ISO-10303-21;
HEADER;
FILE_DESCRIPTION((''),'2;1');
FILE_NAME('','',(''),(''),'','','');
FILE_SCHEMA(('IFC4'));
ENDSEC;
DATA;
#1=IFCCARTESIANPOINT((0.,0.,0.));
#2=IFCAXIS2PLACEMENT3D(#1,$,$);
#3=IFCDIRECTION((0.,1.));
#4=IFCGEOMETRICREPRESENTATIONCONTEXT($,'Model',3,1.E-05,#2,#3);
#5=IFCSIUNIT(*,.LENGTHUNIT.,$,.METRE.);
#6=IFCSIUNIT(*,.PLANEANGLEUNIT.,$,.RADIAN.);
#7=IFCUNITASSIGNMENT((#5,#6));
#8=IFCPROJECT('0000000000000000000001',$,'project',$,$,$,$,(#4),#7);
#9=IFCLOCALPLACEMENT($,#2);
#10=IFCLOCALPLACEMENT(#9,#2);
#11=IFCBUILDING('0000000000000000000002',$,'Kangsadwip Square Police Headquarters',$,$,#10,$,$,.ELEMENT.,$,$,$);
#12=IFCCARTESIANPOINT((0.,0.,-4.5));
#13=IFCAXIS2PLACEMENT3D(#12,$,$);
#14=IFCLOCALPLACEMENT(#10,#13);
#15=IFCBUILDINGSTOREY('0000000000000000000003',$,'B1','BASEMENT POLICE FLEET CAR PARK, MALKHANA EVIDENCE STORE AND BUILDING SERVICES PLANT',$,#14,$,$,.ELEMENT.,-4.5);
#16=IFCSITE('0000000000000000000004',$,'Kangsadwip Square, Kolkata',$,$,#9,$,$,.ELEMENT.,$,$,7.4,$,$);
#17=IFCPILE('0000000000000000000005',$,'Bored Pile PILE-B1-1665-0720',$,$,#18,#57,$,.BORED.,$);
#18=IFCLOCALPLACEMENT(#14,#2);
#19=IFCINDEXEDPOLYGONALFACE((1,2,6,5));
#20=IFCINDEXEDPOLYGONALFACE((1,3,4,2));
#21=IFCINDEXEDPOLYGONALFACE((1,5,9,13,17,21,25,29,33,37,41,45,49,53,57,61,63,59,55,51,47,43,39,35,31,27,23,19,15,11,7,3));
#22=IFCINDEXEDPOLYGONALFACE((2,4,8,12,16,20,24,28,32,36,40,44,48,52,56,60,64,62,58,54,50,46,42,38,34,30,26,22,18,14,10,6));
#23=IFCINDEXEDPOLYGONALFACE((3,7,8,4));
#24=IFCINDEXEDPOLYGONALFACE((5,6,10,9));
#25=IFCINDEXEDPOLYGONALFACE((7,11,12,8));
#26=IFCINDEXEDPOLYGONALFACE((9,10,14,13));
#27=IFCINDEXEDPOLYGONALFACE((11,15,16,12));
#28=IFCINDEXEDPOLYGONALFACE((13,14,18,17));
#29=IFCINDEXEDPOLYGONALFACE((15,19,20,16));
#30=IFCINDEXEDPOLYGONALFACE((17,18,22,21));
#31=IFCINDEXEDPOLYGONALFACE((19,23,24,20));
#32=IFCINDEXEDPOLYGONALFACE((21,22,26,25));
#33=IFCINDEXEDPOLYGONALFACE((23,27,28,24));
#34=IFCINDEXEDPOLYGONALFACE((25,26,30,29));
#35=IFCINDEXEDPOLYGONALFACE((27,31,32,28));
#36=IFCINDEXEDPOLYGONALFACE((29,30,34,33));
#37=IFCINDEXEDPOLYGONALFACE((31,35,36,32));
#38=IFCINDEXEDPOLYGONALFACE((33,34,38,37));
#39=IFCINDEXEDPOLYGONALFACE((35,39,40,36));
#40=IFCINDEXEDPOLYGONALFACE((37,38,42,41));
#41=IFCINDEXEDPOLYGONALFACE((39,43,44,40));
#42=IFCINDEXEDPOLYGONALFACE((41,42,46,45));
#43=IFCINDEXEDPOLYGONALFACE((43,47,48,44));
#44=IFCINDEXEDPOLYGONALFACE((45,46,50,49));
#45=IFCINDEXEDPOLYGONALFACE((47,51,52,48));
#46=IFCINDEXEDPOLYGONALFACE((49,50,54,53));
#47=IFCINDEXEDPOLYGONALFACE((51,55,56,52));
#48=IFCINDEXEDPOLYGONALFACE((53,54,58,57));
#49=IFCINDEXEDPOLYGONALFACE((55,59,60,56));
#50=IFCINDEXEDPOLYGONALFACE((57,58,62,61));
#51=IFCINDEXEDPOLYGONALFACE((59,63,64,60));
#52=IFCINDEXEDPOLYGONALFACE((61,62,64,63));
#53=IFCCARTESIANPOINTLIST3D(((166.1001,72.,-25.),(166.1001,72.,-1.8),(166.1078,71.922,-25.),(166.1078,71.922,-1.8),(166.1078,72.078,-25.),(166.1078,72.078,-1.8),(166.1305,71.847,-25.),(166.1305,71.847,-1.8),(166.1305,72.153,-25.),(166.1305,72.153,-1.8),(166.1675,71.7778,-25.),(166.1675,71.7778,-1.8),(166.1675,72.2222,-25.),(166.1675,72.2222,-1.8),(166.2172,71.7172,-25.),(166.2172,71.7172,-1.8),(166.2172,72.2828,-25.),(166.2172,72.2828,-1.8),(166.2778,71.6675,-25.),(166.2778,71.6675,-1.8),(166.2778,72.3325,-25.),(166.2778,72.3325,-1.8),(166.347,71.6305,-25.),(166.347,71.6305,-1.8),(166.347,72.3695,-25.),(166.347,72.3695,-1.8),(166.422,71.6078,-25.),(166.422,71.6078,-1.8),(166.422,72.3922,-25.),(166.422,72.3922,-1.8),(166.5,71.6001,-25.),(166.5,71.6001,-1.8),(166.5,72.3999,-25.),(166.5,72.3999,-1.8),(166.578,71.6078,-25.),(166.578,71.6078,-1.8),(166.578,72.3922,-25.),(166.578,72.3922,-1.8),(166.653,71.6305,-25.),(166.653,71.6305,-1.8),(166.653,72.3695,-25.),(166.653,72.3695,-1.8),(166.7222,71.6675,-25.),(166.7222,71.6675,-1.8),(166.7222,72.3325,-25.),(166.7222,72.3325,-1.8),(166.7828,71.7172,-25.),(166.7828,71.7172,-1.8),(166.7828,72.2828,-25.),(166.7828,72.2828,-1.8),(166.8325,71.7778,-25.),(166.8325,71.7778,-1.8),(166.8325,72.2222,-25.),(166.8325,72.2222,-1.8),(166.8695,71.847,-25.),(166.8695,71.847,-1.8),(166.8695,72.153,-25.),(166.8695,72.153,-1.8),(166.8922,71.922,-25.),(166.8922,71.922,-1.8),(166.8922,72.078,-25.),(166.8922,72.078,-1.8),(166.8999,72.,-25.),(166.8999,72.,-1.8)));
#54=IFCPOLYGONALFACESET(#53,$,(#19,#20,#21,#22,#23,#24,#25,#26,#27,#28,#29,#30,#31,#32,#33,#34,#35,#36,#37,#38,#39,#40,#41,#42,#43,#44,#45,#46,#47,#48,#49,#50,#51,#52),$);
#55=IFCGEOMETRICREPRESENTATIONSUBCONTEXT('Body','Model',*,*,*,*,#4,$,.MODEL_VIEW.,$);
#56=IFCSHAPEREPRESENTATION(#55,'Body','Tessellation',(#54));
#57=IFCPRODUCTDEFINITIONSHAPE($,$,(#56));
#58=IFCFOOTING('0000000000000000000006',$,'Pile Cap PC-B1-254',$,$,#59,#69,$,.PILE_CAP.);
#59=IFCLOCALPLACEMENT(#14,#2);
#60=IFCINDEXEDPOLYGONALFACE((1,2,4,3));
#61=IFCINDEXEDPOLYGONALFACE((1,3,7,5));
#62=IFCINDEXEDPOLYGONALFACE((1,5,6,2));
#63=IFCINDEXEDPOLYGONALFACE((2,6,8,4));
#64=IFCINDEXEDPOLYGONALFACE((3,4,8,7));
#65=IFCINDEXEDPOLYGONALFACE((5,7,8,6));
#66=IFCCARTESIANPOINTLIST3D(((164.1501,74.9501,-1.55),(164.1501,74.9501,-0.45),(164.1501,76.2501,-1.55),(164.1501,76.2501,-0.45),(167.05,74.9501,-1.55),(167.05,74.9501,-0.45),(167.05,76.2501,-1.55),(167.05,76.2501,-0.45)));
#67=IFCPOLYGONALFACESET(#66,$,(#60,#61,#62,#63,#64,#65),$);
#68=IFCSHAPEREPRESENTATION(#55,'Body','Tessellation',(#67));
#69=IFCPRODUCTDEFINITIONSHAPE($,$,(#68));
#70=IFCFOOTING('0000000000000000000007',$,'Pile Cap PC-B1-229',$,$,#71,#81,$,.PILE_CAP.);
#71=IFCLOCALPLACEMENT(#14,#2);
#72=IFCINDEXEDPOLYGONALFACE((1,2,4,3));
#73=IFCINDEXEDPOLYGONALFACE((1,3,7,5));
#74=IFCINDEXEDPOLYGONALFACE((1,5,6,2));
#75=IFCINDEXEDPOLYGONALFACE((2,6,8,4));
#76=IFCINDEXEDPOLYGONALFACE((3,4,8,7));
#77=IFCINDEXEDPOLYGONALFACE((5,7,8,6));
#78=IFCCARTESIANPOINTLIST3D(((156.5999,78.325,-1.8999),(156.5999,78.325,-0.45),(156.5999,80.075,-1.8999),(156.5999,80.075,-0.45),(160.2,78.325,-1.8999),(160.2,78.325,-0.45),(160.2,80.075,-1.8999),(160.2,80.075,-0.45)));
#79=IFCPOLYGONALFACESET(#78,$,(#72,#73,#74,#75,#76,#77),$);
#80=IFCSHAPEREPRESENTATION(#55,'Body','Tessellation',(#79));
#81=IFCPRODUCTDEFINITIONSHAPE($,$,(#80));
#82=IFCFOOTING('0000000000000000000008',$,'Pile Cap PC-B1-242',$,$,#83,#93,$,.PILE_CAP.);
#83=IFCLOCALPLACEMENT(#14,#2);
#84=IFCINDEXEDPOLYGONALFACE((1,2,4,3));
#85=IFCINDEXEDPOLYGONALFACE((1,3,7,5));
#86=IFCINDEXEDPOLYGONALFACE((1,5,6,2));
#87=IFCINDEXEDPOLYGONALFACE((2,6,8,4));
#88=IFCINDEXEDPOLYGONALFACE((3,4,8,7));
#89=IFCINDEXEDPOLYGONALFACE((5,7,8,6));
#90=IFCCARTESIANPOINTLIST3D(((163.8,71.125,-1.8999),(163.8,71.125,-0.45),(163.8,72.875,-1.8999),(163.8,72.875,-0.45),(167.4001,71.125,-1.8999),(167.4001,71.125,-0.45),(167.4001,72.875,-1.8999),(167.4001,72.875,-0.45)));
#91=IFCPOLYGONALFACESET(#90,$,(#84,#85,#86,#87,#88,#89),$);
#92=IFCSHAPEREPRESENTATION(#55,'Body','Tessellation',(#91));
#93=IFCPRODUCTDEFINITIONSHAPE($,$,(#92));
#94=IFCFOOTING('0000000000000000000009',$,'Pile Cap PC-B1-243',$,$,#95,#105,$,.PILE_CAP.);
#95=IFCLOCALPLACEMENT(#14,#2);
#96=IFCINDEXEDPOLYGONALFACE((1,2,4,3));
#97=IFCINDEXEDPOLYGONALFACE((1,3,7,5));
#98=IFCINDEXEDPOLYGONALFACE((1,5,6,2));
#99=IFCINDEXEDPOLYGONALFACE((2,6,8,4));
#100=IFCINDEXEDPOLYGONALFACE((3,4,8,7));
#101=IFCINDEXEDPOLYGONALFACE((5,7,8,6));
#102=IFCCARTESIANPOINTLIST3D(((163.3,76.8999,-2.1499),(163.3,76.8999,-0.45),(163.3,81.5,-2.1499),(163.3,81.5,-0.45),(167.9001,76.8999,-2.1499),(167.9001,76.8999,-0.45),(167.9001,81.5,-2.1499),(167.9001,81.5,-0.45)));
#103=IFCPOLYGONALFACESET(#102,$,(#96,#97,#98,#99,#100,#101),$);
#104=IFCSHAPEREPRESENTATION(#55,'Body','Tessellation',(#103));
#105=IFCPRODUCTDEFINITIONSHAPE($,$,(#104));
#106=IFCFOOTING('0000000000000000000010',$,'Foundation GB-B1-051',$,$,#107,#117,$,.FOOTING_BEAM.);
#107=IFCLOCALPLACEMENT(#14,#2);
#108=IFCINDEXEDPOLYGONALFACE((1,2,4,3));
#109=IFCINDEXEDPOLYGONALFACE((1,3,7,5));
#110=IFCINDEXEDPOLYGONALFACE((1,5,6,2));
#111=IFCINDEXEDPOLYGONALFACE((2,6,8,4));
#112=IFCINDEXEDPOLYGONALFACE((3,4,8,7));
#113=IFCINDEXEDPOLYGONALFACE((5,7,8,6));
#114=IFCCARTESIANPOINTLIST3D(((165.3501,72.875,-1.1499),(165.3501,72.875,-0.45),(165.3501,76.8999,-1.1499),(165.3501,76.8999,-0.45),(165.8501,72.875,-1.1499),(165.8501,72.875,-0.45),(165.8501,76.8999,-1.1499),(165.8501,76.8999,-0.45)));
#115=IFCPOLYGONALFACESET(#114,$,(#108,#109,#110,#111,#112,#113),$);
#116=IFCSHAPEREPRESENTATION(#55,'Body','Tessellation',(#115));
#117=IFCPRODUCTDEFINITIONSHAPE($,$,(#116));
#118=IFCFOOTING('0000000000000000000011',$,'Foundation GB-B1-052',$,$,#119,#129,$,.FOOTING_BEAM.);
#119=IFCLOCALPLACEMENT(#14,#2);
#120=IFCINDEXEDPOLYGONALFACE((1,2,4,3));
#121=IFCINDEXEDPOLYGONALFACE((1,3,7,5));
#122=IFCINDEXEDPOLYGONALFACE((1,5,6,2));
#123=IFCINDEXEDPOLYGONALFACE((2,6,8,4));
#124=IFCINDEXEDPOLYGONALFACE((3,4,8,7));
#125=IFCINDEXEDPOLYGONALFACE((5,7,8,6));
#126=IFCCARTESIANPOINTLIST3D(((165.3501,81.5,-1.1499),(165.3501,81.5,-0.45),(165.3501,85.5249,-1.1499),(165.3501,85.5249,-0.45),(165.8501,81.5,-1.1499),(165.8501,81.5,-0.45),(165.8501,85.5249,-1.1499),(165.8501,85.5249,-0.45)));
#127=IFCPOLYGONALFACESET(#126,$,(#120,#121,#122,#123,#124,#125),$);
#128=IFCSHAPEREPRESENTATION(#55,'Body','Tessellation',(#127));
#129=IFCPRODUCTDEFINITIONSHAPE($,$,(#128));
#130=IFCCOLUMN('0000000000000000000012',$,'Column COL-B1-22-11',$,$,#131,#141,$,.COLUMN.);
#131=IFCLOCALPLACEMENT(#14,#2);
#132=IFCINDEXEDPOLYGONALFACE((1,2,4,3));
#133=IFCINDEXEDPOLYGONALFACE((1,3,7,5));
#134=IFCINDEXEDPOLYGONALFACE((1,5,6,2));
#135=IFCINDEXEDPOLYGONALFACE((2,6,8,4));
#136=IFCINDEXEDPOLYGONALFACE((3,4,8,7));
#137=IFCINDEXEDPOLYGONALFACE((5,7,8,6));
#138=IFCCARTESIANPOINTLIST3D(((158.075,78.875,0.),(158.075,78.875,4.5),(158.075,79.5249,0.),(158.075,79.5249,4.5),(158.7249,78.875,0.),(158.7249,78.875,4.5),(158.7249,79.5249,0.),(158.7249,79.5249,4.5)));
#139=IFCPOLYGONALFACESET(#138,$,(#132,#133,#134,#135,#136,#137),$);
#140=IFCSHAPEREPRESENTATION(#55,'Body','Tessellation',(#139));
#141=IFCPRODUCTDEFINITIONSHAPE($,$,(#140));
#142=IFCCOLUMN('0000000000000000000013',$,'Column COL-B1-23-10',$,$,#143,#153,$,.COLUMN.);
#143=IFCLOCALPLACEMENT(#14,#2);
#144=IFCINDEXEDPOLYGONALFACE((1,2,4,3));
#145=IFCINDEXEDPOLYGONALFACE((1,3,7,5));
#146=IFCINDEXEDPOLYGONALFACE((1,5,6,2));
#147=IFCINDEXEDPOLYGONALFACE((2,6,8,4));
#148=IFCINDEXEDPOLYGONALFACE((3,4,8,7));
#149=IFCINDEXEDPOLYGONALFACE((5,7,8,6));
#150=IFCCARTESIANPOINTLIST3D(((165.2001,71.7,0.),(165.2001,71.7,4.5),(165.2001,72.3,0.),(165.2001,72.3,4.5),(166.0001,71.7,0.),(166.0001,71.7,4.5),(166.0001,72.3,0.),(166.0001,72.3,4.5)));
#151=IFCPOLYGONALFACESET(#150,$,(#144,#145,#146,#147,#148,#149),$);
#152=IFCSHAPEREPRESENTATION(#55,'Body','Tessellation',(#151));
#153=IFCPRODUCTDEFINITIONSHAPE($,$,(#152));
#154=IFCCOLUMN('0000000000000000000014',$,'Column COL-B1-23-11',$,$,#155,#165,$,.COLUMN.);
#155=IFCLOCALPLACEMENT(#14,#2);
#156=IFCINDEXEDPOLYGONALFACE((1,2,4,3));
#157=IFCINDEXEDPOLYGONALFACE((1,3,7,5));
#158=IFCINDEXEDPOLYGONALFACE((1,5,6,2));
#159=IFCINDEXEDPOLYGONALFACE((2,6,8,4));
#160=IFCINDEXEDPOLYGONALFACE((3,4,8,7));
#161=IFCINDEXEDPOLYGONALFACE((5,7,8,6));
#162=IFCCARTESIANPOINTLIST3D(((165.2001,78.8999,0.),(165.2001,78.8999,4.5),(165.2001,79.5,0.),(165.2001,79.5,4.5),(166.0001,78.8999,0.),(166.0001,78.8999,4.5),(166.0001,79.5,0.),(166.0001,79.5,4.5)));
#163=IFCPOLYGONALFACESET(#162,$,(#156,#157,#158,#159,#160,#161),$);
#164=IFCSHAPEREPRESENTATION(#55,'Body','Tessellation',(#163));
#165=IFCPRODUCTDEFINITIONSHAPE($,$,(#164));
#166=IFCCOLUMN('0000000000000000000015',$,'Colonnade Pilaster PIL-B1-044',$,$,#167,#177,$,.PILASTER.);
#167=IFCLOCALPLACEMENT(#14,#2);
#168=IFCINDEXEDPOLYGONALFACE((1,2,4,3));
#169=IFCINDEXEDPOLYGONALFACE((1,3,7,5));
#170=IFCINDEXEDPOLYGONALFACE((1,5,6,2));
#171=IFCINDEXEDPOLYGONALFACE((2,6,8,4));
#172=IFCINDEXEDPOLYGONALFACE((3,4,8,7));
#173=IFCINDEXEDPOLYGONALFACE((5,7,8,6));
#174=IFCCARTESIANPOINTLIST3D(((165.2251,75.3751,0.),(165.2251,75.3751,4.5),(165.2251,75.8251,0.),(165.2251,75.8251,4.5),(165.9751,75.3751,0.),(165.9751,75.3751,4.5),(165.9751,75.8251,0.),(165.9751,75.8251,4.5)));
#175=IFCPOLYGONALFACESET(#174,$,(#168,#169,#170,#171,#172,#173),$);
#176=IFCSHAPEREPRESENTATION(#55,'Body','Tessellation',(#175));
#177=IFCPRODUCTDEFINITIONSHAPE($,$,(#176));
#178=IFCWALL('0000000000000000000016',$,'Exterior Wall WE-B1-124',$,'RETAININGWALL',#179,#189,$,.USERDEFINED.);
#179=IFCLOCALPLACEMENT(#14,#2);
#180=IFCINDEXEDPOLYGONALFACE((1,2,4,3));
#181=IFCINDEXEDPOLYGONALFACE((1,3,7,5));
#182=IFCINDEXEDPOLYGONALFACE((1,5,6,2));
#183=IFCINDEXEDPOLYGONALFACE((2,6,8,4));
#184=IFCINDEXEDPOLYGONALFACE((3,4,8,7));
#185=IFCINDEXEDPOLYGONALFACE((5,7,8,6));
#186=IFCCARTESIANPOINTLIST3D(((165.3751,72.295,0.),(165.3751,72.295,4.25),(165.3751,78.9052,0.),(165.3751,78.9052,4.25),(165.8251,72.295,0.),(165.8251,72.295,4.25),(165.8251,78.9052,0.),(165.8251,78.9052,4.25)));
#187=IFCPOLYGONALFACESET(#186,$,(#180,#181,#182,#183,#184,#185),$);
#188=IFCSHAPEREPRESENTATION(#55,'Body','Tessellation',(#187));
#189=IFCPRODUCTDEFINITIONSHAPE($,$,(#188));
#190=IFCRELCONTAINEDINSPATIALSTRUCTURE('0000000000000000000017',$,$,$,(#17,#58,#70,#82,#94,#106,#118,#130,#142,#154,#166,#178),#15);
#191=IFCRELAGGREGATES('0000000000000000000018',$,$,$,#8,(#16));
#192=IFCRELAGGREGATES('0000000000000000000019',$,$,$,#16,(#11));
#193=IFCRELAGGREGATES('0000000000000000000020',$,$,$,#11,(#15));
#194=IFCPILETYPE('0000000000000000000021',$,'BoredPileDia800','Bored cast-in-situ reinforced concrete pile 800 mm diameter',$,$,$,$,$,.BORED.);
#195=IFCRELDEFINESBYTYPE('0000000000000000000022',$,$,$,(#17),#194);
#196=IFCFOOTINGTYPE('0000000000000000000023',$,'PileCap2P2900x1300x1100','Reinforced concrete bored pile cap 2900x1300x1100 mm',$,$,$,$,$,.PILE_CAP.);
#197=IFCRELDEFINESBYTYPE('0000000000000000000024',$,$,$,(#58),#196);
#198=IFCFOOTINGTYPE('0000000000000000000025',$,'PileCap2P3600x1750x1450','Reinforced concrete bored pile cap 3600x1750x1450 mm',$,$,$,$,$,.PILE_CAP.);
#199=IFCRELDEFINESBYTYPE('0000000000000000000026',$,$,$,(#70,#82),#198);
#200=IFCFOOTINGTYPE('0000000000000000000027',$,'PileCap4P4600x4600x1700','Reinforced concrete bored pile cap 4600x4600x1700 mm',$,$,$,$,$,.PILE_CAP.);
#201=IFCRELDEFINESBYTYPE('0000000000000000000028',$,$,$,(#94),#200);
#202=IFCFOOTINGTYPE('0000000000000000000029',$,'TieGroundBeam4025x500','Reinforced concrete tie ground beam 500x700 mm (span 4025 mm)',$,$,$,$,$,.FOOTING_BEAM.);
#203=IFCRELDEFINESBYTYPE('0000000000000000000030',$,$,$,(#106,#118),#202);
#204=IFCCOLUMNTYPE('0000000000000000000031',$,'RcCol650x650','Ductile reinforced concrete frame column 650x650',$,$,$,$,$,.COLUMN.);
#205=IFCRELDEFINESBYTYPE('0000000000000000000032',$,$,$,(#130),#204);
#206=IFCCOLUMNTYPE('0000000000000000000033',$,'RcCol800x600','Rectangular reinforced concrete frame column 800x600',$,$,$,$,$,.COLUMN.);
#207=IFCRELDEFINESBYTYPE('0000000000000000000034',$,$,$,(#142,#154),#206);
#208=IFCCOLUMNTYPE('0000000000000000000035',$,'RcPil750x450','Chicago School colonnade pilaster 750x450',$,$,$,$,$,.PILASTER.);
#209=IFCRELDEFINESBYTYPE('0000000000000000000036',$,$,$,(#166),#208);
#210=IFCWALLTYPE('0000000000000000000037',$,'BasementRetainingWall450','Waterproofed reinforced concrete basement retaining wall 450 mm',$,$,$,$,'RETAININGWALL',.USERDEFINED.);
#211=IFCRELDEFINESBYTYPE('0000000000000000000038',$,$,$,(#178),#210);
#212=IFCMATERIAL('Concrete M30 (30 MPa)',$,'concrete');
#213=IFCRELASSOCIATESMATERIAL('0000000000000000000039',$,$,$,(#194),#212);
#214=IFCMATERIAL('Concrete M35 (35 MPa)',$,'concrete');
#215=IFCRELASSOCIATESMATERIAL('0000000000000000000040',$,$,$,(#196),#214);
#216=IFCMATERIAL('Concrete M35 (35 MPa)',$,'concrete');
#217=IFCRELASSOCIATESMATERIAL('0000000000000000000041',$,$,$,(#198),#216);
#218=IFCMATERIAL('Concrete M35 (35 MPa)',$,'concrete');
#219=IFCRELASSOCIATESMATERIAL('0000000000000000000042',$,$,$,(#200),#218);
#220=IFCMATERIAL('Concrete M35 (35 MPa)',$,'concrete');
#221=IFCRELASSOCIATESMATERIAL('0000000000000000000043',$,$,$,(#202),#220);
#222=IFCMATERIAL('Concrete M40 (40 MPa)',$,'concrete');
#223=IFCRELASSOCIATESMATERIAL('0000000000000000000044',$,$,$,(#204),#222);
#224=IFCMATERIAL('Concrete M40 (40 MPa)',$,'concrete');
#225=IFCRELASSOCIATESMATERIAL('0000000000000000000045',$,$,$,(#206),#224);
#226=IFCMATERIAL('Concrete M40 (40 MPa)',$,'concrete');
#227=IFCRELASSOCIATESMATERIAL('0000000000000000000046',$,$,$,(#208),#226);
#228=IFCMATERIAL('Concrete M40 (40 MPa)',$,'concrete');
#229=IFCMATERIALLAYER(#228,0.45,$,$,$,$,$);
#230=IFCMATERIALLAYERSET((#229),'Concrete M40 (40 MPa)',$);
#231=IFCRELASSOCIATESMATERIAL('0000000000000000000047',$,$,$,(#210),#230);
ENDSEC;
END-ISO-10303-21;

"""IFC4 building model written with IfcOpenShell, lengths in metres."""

from ifc_helpers import new_model, si_unit, direction, frame, frame_2d, origin, origin_2d, place, context, subcontext, project, spatial, rectangle, circle, extrude, material, layer, layer_set, material_profile, profile_set, type_object, element, save


model = new_model("IFC4")

# Units and contexts
model_context = context("Model", 3, precision=1e-05, world=origin(), true_north=direction((0.0, 1.0)))
body_context = subcontext(model_context, "Body", "Model", "MODEL_VIEW")
ifc_project = project(units=[si_unit("LENGTHUNIT", "METRE"), si_unit("PLANEANGLEUNIT", "RADIAN")], contexts=[model_context])

# Site, building, storey
site_placement = place(None, origin())
site = spatial("IfcSite", under=ifc_project, at=site_placement, Name="Kangsadwip Square, Kolkata", CompositionType="ELEMENT", RefElevation=7.4)
building_placement = place(site_placement, origin())
building = spatial("IfcBuilding", under=site, at=building_placement, Name="Kangsadwip Square Police Headquarters", CompositionType="ELEMENT")
storey_placement = place(building_placement, frame((0.0, 0.0, -4.5)))
storey = spatial("IfcBuildingStorey", under=building, at=storey_placement, Name="B1", Description="BASEMENT POLICE FLEET CAR PARK, MALKHANA EVIDENCE STORE AND BUILDING SERVICES PLANT", CompositionType="ELEMENT", Elevation=-4.5)

# Pile
ifc_material_1 = material(Name="Concrete M30 (30 MPa)", Category="concrete")
ifc_material_profile_1 = material_profile(ifc_material_1, circle(Radius=0.3999, at=origin_2d()), Name="PILE DIA 800")
ifc_profile_set_1 = profile_set([ifc_material_profile_1], Name="Concrete M30 (30 MPa)")
pile_type_1 = type_object("IfcPileType", Name="BoredPileDia800", Description="Bored cast-in-situ reinforced concrete pile 800 mm diameter", PredefinedType="BORED", material=ifc_profile_set_1)
for number, where, z_axis, x_axis, name in (
    (1, (166.5, 72.0, -1.8), (0.0, 0.0, -1.0), (1.0, 0.0, 0.0), "Bored Pile PILE-B1-1665-0720"),
):
    element("IfcPile", number, at=place(storey_placement, frame(where, z_axis=z_axis, x_axis=x_axis)), inside=storey, type_object=pile_type_1, Name=name, PredefinedType="BORED", context=body_context, shape_type="SweptSolid", body=[
        extrude(circle(Radius=0.3999, at=origin_2d()), origin(), (0.0, 0.0, 1.0), 23.2),
    ])

# Footings
ifc_material_2 = material(Name="Concrete M35 (35 MPa)", Category="concrete")
footing_type_1 = type_object("IfcFootingType", Name="PileCap2P2900x1300x1100", Description="Reinforced concrete bored pile cap 2900x1300x1100 mm", PredefinedType="PILE_CAP", material=ifc_material_2)
footing_1_placement = place(storey_placement, frame((165.6001, 75.6001, -1.55), z_axis=(0.0, 0.0, 1.0), x_axis=(1.0, 0.0, 0.0)))
element("IfcFooting", 2, at=footing_1_placement, inside=storey, type_object=footing_type_1, Name="Pile Cap PC-B1-254", PredefinedType="PILE_CAP", context=body_context, shape_type="SweptSolid", body=[
    extrude(rectangle(XDim=2.8999, YDim=1.3, at=origin_2d()), origin(), (0.0, 0.0, 1.0), 1.1001),
])
ifc_material_3 = material(Name="Concrete M35 (35 MPa)", Category="concrete")
footing_type_2 = type_object("IfcFootingType", Name="PileCap2P3600x1750x1450", Description="Reinforced concrete bored pile cap 3600x1750x1450 mm", PredefinedType="PILE_CAP", material=ifc_material_3)
for number, where, z_axis, x_axis, name in (
    (3, (158.3999, 79.2, -1.8999), (0.0, 0.0, 1.0), (1.0, 0.0, 0.0), "Pile Cap PC-B1-229"),
    (4, (165.6001, 72.0, -1.8999), (0.0, 0.0, 1.0), (1.0, 0.0, 0.0), "Pile Cap PC-B1-242"),
):
    element("IfcFooting", number, at=place(storey_placement, frame(where, z_axis=z_axis, x_axis=x_axis)), inside=storey, type_object=footing_type_2, Name=name, PredefinedType="PILE_CAP", context=body_context, shape_type="SweptSolid", body=[
        extrude(rectangle(XDim=3.6001, YDim=1.75, at=origin_2d()), origin(), (0.0, 0.0, 1.0), 1.45),
    ])
ifc_material_4 = material(Name="Concrete M35 (35 MPa)", Category="concrete")
footing_type_3 = type_object("IfcFootingType", Name="PileCap4P4600x4600x1700", Description="Reinforced concrete bored pile cap 4600x4600x1700 mm", PredefinedType="PILE_CAP", material=ifc_material_4)
footing_2_placement = place(storey_placement, frame((165.6001, 79.2, -2.1499), z_axis=(0.0, 0.0, 1.0), x_axis=(1.0, 0.0, 0.0)))
element("IfcFooting", 5, at=footing_2_placement, inside=storey, type_object=footing_type_3, Name="Pile Cap PC-B1-243", PredefinedType="PILE_CAP", context=body_context, shape_type="SweptSolid", body=[
    extrude(rectangle(XDim=4.6001, YDim=4.6001, at=origin_2d()), origin(), (0.0, 0.0, 1.0), 1.7),
])
ifc_material_5 = material(Name="Concrete M35 (35 MPa)", Category="concrete")
footing_type_4 = type_object("IfcFootingType", Name="TieGroundBeam4025x500", Description="Reinforced concrete tie ground beam 500x700 mm (span 4025 mm)", PredefinedType="FOOTING_BEAM", material=ifc_material_5)
for number, where, z_axis, x_axis, name in (
    (6, (165.6001, 74.8875, -1.1499), (0.0, 0.0, 1.0), (0.0, 1.0, 0.0), "Foundation GB-B1-051"),
    (7, (165.6001, 83.5125, -1.1499), (0.0, 0.0, 1.0), (0.0, 1.0, 0.0), "Foundation GB-B1-052"),
):
    element("IfcFooting", number, at=place(storey_placement, frame(where, z_axis=z_axis, x_axis=x_axis)), inside=storey, type_object=footing_type_4, Name=name, PredefinedType="FOOTING_BEAM", context=body_context, shape_type="SweptSolid", body=[
        extrude(rectangle(XDim=4.0249, YDim=0.5, at=origin_2d()), origin(), (0.0, 0.0, 1.0), 0.7),
    ])

# Columns
ifc_material_6 = material(Name="Concrete M40 (40 MPa)", Category="concrete")
ifc_material_profile_2 = material_profile(ifc_material_6, rectangle(XDim=0.6499, YDim=0.6499, at=origin_2d()), Name="RC COL 650X650")
ifc_profile_set_2 = profile_set([ifc_material_profile_2], Name="Concrete M40 (40 MPa)")
column_type_1 = type_object("IfcColumnType", Name="RcCol650x650", Description="Ductile reinforced concrete frame column 650x650", PredefinedType="COLUMN", material=ifc_profile_set_2)
column_1_placement = place(storey_placement, frame((158.3999, 79.2, 0.0), z_axis=(0.0, 0.0, 1.0), x_axis=(1.0, 0.0, 0.0)))
element("IfcColumn", 8, at=column_1_placement, inside=storey, type_object=column_type_1, Name="Column COL-B1-22-11", PredefinedType="COLUMN", context=body_context, shape_type="SweptSolid", body=[
    extrude(rectangle(XDim=0.6499, YDim=0.6499, at=origin_2d()), origin(), (0.0, 0.0, 1.0), 4.5),
])
ifc_material_7 = material(Name="Concrete M40 (40 MPa)", Category="concrete")
ifc_material_profile_3 = material_profile(ifc_material_7, rectangle(XDim=0.6001, YDim=0.8, at=origin_2d()), Name="RC COL 800X600")
ifc_profile_set_3 = profile_set([ifc_material_profile_3], Name="Concrete M40 (40 MPa)")
column_type_2 = type_object("IfcColumnType", Name="RcCol800x600", Description="Rectangular reinforced concrete frame column 800x600", PredefinedType="COLUMN", material=ifc_profile_set_3)
for number, where, z_axis, x_axis, name in (
    (9, (165.6001, 72.0, 0.0), (0.0, 0.0, 1.0), (0.0, 1.0, 0.0), "Column COL-B1-23-10"),
    (10, (165.6001, 79.2, 0.0), (0.0, 0.0, 1.0), (0.0, 1.0, 0.0), "Column COL-B1-23-11"),
):
    element("IfcColumn", number, at=place(storey_placement, frame(where, z_axis=z_axis, x_axis=x_axis)), inside=storey, type_object=column_type_2, Name=name, PredefinedType="COLUMN", context=body_context, shape_type="SweptSolid", body=[
        extrude(rectangle(XDim=0.6001, YDim=0.8, at=origin_2d()), origin(), (0.0, 0.0, 1.0), 4.5),
    ])
ifc_material_8 = material(Name="Concrete M40 (40 MPa)", Category="concrete")
ifc_material_profile_4 = material_profile(ifc_material_8, rectangle(XDim=0.45, YDim=0.75, at=origin_2d()), Name="RC PIL 750X450")
ifc_profile_set_4 = profile_set([ifc_material_profile_4], Name="Concrete M40 (40 MPa)")
column_type_3 = type_object("IfcColumnType", Name="RcPil750x450", Description="Chicago School colonnade pilaster 750x450", PredefinedType="PILASTER", material=ifc_profile_set_4)
column_2_placement = place(storey_placement, frame((165.6001, 75.6001, 0.0), z_axis=(0.0, 0.0, 1.0), x_axis=(0.0, 1.0, 0.0)))
element("IfcColumn", 11, at=column_2_placement, inside=storey, type_object=column_type_3, Name="Colonnade Pilaster PIL-B1-044", PredefinedType="PILASTER", context=body_context, shape_type="SweptSolid", body=[
    extrude(rectangle(XDim=0.45, YDim=0.75, at=origin_2d()), origin(), (0.0, 0.0, 1.0), 4.5),
])

# Wall
ifc_material_9 = material(Name="Concrete M40 (40 MPa)", Category="concrete")
ifc_layer = layer(ifc_material_9, 0.45)
ifc_layer_set = layer_set([ifc_layer], Name="Concrete M40 (40 MPa)")
wall_type = type_object("IfcWallType", Name="BasementRetainingWall450", Description="Waterproofed reinforced concrete basement retaining wall 450 mm", ElementType="RETAININGWALL", PredefinedType="USERDEFINED", material=ifc_layer_set)
wall_1_placement = place(storey_placement, frame((165.6001, 72.2949, 0.0), z_axis=(0.0, 0.0, 1.0), x_axis=(0.0, 1.0, 0.0)))
element("IfcWall", 12, at=wall_1_placement, inside=storey, type_object=wall_type, Name="Exterior Wall WE-B1-124", ObjectType="RETAININGWALL", PredefinedType="USERDEFINED", context=body_context, shape_type="SweptSolid", body=[
    extrude(rectangle(XDim=6.6101, YDim=0.45, at=frame_2d((3.3052, 0.0))), origin(), (0.0, 0.0, 1.0), 4.25),
])

save(model, "model.ifc")
